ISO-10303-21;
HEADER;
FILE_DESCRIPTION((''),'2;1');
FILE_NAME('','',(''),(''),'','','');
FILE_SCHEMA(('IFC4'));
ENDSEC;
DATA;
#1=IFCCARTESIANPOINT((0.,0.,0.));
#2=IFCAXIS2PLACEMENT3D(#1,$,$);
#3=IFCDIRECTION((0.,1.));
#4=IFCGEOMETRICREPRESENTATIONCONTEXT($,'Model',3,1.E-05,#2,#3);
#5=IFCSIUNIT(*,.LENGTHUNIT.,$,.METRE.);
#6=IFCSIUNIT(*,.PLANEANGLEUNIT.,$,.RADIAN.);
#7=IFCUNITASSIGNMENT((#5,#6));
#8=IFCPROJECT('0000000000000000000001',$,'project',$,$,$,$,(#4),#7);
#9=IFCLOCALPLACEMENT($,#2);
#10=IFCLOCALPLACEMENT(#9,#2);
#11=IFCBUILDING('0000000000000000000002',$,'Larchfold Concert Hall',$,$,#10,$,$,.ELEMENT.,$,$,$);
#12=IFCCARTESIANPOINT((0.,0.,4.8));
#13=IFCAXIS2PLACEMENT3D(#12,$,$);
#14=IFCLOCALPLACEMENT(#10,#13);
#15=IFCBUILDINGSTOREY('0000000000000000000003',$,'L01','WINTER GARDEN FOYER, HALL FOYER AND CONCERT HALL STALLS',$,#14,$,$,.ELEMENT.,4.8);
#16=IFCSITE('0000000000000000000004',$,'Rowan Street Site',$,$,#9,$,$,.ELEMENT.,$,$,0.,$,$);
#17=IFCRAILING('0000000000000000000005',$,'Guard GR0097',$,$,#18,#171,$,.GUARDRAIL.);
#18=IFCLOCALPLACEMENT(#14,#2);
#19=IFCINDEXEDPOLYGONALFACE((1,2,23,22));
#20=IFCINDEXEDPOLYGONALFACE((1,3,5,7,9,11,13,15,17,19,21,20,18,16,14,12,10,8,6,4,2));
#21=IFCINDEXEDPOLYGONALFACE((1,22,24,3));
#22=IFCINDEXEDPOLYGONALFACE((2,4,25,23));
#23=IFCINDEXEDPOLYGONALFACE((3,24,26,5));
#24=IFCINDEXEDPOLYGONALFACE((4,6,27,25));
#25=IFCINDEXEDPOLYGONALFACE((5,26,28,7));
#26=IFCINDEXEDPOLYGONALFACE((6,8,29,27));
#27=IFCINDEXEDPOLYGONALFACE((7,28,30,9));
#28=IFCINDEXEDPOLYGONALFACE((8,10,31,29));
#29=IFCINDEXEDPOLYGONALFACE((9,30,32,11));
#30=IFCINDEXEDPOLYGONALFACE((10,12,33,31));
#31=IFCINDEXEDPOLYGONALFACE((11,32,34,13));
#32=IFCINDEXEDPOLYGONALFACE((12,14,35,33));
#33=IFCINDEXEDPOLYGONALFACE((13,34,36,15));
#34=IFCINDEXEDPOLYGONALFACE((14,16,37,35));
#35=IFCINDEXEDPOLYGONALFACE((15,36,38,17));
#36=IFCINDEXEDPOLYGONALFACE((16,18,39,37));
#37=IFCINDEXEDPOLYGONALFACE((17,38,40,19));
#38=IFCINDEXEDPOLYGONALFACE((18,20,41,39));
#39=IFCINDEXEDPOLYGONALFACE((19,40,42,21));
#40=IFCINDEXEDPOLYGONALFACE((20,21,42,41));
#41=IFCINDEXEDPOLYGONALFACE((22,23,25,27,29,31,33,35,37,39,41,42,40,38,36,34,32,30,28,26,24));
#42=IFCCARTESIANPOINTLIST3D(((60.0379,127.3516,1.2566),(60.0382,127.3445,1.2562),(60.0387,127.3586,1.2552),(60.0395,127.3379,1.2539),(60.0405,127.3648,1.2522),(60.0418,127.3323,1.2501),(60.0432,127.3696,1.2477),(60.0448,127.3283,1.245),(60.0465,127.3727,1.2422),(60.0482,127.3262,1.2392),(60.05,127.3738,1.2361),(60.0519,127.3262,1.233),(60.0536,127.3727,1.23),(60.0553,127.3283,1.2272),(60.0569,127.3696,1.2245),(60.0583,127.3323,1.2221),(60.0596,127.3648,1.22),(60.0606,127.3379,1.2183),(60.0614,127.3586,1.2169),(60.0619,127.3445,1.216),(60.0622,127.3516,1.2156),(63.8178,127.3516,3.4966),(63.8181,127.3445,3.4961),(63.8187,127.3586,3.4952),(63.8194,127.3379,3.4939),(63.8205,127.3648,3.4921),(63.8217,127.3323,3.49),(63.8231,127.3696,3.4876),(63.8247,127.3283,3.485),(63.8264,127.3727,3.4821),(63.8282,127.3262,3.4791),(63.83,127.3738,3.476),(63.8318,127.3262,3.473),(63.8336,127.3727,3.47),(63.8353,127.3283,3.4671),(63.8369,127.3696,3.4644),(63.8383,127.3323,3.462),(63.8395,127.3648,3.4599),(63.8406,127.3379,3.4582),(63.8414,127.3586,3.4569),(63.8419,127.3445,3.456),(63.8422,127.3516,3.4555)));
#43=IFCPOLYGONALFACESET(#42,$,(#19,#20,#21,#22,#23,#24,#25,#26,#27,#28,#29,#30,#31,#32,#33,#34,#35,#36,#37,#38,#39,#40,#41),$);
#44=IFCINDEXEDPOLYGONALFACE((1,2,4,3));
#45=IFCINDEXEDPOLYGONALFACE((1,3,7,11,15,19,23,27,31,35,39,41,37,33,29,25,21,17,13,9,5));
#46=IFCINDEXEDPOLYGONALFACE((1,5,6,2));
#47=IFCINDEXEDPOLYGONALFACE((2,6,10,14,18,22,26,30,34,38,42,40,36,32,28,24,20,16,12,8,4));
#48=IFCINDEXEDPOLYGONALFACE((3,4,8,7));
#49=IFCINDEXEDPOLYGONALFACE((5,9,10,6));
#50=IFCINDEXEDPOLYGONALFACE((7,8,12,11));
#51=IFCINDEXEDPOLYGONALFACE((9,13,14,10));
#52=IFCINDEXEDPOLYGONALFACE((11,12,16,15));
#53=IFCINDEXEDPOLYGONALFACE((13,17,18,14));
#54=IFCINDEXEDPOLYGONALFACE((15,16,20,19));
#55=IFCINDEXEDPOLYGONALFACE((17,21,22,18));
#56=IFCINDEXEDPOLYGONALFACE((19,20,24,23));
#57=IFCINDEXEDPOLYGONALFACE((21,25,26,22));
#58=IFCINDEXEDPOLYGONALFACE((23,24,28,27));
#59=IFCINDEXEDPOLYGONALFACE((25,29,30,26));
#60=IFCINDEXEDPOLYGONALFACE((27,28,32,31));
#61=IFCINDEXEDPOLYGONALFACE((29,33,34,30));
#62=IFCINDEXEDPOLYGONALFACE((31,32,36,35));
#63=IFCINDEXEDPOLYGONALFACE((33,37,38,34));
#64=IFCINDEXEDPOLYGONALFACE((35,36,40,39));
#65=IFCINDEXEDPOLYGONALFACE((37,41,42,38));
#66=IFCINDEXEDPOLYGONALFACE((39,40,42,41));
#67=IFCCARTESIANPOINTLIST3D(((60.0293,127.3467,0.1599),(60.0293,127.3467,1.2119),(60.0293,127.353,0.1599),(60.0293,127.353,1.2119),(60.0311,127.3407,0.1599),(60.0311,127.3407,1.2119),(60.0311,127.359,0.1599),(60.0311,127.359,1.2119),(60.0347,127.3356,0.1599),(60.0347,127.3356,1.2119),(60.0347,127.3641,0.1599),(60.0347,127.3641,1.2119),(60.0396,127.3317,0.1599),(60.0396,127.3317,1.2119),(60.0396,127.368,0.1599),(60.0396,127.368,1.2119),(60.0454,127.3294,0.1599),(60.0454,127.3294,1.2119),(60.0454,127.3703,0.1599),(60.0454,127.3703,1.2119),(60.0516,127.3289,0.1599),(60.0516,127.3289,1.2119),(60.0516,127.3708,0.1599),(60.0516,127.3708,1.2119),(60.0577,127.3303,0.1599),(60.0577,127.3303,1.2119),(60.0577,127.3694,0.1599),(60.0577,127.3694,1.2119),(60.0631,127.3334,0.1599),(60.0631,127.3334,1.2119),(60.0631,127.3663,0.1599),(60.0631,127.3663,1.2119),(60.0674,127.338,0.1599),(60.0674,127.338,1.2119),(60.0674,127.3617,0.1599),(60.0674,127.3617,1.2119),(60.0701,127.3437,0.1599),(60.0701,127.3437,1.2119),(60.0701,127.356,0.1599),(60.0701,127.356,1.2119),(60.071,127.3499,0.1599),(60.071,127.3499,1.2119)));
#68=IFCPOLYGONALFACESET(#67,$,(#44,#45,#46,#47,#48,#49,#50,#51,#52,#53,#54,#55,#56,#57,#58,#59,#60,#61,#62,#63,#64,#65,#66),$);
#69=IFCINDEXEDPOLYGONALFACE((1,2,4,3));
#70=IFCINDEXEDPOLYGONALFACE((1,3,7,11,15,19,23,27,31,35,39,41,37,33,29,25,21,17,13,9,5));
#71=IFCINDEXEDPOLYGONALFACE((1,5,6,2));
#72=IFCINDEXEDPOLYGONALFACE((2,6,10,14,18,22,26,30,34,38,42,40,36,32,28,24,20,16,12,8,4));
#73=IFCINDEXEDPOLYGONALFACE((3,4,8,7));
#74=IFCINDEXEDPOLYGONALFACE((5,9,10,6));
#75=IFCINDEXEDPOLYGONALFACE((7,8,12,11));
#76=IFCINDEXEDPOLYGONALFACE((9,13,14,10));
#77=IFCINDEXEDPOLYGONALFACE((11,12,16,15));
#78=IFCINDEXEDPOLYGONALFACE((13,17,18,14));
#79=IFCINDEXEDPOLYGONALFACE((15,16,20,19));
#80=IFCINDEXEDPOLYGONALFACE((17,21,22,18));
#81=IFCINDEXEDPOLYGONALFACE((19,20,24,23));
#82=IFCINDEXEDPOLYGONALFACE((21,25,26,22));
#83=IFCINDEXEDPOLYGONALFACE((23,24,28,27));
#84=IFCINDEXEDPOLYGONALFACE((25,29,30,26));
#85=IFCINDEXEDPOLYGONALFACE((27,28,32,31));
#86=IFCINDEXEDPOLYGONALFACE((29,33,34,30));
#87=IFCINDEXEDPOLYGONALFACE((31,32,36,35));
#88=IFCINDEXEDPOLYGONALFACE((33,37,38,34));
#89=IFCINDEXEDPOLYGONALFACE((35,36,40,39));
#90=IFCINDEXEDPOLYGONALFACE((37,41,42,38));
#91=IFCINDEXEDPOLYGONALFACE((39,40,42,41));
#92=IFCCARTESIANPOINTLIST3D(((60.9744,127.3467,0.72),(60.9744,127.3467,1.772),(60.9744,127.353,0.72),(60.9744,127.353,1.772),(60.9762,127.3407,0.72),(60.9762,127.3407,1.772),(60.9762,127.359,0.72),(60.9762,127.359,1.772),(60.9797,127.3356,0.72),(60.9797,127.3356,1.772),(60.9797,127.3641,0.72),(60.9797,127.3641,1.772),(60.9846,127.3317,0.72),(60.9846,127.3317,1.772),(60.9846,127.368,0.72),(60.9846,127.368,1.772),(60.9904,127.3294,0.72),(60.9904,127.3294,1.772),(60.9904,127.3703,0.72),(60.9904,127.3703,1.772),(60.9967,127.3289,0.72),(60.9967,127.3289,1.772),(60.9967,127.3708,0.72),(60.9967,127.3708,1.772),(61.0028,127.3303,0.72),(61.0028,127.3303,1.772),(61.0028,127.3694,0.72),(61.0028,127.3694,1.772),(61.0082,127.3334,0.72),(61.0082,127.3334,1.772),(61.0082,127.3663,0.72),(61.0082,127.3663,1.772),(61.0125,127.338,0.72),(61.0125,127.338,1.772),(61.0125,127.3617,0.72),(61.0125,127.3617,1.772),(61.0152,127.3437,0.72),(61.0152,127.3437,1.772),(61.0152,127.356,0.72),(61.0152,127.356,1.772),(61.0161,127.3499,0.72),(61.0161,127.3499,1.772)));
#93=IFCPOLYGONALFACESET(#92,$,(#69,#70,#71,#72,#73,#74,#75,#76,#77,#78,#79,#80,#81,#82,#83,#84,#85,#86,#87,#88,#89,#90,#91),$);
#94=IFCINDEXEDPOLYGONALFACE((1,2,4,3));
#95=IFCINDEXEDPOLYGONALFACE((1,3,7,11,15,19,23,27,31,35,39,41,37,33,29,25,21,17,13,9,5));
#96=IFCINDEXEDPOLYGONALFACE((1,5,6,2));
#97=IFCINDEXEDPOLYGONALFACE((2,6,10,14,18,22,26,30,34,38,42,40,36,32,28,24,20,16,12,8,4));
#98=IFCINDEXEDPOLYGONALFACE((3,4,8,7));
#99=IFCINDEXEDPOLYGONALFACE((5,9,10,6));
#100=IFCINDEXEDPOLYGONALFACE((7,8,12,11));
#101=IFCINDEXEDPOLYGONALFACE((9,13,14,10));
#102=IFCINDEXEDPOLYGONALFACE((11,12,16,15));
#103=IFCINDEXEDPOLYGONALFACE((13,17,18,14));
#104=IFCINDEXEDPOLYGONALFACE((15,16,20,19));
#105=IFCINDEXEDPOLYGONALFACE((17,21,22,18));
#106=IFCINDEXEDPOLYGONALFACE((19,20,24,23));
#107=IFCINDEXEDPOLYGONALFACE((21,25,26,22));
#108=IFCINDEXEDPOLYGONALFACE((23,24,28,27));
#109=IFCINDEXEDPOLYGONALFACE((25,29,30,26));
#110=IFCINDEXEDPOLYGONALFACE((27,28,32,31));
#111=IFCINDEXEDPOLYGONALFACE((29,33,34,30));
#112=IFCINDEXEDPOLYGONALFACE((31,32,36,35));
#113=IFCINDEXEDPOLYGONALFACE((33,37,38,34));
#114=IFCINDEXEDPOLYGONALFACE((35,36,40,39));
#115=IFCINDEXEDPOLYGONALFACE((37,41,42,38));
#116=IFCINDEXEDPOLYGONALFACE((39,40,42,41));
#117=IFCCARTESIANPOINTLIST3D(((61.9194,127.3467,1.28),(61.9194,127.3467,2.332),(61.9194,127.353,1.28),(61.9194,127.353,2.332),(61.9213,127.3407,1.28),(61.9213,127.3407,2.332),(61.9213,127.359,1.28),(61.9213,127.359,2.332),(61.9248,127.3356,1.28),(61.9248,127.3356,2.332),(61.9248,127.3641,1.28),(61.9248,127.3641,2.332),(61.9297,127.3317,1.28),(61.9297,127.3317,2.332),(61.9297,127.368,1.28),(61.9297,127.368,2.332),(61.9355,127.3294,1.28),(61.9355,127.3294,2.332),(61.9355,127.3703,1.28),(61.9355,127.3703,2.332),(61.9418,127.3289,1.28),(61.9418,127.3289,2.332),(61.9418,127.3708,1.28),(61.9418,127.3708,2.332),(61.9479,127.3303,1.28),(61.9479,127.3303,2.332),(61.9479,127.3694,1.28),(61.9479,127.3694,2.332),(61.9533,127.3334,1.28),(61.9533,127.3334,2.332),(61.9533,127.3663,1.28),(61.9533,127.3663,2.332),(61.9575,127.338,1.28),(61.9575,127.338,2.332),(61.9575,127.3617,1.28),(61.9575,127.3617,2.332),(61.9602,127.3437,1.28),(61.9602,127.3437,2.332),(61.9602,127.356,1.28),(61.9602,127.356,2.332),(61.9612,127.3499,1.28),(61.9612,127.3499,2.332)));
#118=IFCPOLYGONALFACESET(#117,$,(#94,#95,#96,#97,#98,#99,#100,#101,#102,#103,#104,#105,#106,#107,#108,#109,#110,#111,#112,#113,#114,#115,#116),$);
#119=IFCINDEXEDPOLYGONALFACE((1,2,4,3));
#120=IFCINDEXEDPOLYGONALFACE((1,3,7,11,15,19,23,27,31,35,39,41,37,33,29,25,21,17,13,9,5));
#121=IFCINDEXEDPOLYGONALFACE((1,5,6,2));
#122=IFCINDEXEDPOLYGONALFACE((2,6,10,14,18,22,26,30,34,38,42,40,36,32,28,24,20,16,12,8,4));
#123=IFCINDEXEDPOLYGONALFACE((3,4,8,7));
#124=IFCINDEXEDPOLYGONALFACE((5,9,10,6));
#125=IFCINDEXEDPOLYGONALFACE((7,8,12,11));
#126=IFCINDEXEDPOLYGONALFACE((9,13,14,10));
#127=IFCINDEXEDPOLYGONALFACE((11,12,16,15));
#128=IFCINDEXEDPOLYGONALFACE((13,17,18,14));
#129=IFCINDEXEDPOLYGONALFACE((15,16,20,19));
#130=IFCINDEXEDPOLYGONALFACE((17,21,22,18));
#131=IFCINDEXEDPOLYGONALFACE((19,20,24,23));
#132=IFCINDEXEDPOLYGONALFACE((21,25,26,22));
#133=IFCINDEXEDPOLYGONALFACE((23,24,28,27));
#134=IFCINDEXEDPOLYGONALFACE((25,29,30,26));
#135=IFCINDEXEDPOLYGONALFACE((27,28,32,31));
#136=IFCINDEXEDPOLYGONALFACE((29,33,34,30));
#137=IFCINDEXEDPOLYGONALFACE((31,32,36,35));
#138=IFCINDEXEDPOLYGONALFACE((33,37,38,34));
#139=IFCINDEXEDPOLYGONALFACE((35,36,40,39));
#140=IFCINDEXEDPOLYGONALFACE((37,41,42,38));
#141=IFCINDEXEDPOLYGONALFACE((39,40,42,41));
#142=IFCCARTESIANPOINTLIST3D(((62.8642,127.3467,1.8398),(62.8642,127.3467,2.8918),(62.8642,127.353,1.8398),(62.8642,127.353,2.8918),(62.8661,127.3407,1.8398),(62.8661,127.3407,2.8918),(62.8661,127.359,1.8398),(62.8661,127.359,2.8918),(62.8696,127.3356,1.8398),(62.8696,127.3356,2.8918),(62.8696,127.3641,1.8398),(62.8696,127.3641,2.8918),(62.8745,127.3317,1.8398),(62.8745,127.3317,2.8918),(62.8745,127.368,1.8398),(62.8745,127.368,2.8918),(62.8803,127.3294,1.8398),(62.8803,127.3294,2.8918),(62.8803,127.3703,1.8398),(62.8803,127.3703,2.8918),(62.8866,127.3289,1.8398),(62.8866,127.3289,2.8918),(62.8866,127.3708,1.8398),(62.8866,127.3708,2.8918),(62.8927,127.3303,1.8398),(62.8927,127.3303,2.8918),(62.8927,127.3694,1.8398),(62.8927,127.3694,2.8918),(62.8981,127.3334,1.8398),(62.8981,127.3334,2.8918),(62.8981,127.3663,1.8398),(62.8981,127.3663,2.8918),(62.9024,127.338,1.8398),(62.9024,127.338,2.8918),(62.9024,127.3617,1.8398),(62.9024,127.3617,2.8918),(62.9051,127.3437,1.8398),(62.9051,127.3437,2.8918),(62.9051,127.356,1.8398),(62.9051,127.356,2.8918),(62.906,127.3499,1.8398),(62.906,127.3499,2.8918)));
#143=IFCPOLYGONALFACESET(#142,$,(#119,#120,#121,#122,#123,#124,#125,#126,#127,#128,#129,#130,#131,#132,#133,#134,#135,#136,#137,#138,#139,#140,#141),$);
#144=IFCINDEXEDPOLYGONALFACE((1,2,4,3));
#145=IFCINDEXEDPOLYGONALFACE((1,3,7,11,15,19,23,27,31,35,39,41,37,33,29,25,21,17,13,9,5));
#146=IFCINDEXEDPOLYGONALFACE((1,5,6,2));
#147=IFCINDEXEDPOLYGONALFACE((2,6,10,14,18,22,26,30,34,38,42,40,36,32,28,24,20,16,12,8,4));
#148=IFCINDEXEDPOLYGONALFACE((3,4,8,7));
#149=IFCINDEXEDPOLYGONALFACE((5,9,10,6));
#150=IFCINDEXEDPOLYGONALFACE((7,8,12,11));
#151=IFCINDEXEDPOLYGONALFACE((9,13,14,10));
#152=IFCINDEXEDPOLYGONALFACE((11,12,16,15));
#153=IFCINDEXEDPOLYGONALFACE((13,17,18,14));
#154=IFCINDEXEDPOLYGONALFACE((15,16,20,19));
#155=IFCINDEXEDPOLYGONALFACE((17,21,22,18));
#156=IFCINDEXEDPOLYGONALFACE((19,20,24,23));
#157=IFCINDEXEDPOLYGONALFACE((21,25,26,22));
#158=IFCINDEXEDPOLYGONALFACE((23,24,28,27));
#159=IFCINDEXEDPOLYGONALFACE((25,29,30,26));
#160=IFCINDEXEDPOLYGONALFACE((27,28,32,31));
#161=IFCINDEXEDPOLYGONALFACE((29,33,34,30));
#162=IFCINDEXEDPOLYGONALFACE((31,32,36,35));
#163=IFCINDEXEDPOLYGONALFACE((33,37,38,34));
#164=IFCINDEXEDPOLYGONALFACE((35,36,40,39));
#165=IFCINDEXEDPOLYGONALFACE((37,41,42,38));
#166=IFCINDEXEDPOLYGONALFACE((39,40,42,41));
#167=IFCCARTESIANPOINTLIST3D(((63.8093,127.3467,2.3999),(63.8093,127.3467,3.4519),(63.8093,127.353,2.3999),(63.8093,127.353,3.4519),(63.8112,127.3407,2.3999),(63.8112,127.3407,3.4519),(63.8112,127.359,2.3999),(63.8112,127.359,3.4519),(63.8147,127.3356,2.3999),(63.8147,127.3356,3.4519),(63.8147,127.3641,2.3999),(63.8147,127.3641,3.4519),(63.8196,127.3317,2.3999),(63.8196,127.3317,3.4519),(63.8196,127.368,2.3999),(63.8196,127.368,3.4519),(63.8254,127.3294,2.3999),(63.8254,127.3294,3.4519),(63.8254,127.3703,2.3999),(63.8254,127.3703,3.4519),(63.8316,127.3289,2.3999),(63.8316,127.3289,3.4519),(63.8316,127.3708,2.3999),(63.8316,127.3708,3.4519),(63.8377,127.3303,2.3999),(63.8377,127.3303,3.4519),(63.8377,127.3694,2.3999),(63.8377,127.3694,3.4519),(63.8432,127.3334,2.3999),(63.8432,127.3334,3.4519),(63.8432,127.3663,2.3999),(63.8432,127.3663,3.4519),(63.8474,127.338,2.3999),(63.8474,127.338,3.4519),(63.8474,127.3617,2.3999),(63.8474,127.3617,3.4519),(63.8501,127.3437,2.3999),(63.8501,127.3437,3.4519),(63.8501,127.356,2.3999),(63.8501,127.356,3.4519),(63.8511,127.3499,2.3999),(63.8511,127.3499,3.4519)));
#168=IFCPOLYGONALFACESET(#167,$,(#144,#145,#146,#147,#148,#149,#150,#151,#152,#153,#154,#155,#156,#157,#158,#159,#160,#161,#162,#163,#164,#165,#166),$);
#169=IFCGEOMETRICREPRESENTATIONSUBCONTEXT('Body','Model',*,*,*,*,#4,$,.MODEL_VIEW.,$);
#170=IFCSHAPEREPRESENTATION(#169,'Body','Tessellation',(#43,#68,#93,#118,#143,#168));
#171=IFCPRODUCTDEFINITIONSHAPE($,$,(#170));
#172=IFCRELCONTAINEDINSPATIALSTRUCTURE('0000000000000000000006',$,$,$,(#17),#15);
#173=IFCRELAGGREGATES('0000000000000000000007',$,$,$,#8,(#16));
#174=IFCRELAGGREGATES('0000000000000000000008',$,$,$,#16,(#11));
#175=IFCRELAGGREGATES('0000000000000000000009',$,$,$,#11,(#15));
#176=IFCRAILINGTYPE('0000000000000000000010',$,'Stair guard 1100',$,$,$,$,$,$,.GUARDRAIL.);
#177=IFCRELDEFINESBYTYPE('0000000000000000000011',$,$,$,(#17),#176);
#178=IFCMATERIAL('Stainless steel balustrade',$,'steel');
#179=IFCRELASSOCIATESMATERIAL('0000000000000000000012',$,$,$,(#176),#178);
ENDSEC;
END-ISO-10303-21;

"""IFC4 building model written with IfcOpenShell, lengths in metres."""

from ifc_helpers import new_model, si_unit, direction, frame, origin, origin_2d, place, context, subcontext, project, spatial, circle, extrude, material, type_object, element, save


model = new_model("IFC4")

# Units and contexts
model_context = context("Model", 3, precision=1e-05, world=origin(), true_north=direction((0.0, 1.0)))
body_context = subcontext(model_context, "Body", "Model", "MODEL_VIEW")
ifc_project = project(units=[si_unit("LENGTHUNIT", "METRE"), si_unit("PLANEANGLEUNIT", "RADIAN")], contexts=[model_context])

# Site, building, storey
site_placement = place(None, origin())
site = spatial("IfcSite", under=ifc_project, at=site_placement, Name="Rowan Street Site", CompositionType="ELEMENT", RefElevation=0.0)
building_placement = place(site_placement, origin())
building = spatial("IfcBuilding", under=site, at=building_placement, Name="Larchfold Concert Hall", CompositionType="ELEMENT")
storey_placement = place(building_placement, frame((0.0, 0.0, 4.8)))
storey = spatial("IfcBuildingStorey", under=building, at=storey_placement, Name="L01", Description="WINTER GARDEN FOYER, HALL FOYER AND CONCERT HALL STALLS", CompositionType="ELEMENT", Elevation=4.8)

# Railing
ifc_material_1 = material(Name="Stainless steel balustrade", Category="steel")
railing_type_1 = type_object("IfcRailingType", Name="Stair guard 1100", PredefinedType="GUARDRAIL", material=ifc_material_1)
railing_1_placement = place(storey_placement, frame((60.05, 127.3499, 0.1599)))
element("IfcRailing", 1, at=railing_1_placement, inside=storey, type_object=railing_type_1, Name="Guard GR0097", PredefinedType="GUARDRAIL", context=body_context, shape_type="SweptSolid", body=[
    extrude(circle(Radius=0.0239, at=origin_2d()), frame((0.0, 0.0, 1.0762), z_axis=(0.860294, 0.0, 0.509798), x_axis=(0.0, 1.0, 0.0)), (0.0, 0.0, 1.0), 4.3938),
    extrude(circle(Radius=0.021, at=origin_2d()), origin(), (0.0, 0.0, 1.0), 1.052),
    extrude(circle(Radius=0.021, at=origin_2d()), frame((0.9451, 0.0, 0.5601)), (0.0, 0.0, 1.0), 1.052),
    extrude(circle(Radius=0.021, at=origin_2d()), frame((1.8901, 0.0, 1.1201)), (0.0, 0.0, 1.0), 1.052),
    extrude(circle(Radius=0.021, at=origin_2d()), frame((2.835, 0.0, 1.6799)), (0.0, 0.0, 1.0), 1.052),
    extrude(circle(Radius=0.021, at=origin_2d()), frame((3.78, 0.0, 2.24)), (0.0, 0.0, 1.0), 1.052),
])

save(model, "model.ifc")
